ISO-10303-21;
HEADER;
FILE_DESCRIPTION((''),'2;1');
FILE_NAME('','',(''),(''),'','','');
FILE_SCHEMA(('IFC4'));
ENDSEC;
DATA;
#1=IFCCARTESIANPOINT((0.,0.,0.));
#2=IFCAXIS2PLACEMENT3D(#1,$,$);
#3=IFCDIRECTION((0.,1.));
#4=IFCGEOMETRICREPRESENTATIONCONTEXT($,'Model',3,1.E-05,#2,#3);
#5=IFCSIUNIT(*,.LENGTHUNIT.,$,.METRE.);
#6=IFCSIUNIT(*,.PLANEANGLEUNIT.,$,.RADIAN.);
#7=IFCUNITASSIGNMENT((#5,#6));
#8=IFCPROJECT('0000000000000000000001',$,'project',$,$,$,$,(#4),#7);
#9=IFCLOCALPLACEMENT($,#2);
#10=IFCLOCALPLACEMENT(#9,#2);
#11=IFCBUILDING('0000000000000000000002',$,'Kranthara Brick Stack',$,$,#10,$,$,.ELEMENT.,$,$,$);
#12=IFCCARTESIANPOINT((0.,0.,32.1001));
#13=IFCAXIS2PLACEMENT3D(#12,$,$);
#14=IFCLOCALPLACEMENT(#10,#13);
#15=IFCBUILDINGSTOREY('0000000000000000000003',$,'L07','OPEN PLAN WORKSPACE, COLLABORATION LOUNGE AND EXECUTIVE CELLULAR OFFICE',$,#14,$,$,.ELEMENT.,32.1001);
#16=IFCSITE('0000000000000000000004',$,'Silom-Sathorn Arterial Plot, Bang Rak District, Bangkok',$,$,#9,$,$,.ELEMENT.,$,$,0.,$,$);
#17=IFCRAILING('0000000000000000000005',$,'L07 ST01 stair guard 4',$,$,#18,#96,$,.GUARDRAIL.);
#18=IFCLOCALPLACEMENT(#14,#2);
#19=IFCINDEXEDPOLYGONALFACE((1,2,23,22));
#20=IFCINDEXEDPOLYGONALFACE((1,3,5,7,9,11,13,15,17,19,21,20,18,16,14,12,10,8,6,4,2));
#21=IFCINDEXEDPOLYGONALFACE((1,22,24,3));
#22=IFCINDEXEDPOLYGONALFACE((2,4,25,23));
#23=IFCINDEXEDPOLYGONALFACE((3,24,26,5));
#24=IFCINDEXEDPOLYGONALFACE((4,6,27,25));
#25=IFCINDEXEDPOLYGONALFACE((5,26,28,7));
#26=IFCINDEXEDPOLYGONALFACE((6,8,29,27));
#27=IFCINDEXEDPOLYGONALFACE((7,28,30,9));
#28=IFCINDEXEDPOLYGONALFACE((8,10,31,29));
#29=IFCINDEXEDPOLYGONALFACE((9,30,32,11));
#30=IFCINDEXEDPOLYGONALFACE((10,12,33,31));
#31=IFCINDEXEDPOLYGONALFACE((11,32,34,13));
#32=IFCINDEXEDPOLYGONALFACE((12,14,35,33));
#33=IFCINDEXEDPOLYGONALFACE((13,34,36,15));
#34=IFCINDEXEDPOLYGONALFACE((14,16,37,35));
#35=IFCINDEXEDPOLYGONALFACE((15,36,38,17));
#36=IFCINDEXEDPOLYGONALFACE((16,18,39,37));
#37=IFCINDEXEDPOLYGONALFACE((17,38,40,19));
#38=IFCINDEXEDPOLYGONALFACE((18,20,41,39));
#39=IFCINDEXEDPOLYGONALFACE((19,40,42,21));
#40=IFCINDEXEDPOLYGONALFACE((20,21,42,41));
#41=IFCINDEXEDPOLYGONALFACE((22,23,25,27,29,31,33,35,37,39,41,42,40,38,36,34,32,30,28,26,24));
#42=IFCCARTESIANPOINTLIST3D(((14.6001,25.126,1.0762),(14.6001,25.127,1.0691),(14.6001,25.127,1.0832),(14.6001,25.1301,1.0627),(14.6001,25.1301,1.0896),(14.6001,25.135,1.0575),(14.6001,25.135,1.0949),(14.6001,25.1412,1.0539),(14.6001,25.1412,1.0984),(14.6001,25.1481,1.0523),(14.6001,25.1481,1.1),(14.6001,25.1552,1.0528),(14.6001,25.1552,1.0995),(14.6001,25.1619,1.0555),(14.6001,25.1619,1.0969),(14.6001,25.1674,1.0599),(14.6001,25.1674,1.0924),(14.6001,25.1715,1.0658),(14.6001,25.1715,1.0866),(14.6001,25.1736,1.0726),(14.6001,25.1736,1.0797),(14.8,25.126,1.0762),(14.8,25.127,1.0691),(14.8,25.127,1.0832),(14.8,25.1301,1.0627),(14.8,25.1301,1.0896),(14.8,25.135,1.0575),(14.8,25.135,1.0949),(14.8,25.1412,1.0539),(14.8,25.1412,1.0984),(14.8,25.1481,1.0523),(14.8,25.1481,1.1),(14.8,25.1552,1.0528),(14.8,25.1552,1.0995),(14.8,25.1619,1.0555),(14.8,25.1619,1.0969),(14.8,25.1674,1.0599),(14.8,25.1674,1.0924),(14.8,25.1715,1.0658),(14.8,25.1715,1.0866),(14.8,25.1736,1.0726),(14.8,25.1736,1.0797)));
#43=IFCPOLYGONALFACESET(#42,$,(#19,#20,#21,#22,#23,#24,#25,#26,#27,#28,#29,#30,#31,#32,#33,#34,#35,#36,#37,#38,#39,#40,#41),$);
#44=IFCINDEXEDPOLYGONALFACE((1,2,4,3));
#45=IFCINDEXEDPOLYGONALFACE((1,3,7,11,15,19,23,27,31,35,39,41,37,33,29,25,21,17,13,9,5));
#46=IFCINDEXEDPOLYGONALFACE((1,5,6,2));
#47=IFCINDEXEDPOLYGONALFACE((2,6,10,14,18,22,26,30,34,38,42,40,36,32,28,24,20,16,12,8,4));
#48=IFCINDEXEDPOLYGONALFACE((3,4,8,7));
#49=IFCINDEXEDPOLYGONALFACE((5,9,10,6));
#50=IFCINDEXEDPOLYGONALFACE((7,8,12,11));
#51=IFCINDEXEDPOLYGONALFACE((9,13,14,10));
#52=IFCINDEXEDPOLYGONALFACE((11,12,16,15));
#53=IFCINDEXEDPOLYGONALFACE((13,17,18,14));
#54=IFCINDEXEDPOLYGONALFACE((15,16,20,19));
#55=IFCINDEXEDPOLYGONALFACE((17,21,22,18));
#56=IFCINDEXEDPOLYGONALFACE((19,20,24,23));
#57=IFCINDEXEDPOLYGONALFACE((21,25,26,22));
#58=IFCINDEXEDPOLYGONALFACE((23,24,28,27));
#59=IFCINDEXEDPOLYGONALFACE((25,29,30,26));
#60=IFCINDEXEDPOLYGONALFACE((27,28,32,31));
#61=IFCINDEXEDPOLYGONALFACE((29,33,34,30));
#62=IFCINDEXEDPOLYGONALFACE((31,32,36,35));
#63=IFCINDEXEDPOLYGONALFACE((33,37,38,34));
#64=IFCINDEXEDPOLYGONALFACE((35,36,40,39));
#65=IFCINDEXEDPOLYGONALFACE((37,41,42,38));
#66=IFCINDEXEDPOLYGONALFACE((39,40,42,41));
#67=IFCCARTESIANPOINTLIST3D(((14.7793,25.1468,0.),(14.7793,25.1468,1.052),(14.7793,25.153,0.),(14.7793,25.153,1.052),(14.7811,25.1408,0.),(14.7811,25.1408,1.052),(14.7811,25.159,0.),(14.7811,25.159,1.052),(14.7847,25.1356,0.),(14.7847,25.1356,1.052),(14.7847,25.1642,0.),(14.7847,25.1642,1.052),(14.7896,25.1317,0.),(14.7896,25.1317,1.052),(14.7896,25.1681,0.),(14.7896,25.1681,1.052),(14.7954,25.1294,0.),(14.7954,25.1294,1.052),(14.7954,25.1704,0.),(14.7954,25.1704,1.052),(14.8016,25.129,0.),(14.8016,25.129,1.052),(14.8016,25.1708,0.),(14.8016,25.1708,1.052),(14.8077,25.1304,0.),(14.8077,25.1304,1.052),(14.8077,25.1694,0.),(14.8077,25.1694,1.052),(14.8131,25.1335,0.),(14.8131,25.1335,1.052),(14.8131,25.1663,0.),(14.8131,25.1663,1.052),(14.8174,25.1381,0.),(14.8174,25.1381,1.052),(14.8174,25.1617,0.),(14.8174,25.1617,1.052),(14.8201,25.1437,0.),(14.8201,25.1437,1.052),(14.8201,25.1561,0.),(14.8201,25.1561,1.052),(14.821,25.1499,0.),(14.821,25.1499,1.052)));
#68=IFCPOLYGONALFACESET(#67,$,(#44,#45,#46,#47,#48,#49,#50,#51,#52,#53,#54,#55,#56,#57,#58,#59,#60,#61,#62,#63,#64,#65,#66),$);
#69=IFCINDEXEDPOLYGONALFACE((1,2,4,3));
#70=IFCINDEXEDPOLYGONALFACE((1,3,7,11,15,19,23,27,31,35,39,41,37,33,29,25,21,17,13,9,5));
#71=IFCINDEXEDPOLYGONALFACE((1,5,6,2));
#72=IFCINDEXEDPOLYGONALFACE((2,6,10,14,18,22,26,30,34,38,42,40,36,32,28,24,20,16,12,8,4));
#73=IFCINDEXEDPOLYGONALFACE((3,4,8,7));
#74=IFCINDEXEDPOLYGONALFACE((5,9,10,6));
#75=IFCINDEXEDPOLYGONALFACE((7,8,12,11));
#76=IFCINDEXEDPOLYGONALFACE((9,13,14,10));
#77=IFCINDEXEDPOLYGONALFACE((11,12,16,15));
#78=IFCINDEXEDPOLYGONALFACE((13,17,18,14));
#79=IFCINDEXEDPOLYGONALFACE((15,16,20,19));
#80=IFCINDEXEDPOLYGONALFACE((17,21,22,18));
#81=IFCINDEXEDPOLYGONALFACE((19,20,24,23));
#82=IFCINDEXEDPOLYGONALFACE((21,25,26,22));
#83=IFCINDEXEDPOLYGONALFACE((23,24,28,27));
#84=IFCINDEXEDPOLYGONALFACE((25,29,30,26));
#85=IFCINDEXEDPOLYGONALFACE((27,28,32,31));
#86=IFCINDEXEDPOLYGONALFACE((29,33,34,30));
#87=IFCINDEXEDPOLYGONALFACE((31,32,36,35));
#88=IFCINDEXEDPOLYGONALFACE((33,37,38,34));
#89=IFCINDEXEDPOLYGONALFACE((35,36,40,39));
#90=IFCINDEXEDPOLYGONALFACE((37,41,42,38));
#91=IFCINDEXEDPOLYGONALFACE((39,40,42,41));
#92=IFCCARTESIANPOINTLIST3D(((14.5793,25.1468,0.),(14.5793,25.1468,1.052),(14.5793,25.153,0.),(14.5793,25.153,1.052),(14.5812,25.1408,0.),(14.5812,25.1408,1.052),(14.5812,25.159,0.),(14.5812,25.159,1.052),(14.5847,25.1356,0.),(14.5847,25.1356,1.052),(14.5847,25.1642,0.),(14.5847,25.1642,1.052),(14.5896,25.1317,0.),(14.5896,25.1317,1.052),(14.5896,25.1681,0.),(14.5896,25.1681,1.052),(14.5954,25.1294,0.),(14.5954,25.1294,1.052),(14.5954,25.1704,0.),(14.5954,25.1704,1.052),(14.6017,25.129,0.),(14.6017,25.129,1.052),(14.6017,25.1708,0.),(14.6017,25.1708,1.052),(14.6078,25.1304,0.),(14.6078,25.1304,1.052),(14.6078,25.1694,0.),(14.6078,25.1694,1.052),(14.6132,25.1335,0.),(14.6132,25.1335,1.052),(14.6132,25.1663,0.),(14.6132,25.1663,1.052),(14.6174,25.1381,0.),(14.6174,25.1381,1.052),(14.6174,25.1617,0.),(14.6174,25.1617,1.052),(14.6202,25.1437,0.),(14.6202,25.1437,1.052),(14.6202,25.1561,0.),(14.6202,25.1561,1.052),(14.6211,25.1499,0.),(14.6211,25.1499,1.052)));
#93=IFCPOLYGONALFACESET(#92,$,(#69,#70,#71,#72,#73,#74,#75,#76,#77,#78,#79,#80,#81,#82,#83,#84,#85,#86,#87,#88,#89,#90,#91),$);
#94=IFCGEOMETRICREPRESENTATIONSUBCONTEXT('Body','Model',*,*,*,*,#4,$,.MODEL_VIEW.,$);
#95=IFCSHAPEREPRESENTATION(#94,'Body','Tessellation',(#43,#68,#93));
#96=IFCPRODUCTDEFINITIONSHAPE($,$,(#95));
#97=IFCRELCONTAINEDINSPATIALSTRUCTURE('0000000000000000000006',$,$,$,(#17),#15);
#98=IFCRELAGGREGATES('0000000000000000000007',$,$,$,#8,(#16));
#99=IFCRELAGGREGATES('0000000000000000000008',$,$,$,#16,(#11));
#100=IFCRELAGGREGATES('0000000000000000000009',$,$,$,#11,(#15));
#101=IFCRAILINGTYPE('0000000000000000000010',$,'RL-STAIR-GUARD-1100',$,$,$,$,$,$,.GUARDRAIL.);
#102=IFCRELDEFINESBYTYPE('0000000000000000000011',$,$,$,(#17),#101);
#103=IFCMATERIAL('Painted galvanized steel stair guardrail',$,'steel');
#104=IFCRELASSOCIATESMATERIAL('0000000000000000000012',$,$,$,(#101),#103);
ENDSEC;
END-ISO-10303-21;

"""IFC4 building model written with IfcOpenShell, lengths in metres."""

from ifc_helpers import new_model, si_unit, direction, frame, origin, origin_2d, place, context, subcontext, project, spatial, circle, extrude, material, type_object, element, save


model = new_model("IFC4")

# Units and contexts
model_context = context("Model", 3, precision=1e-05, world=origin(), true_north=direction((0.0, 1.0)))
body_context = subcontext(model_context, "Body", "Model", "MODEL_VIEW")
ifc_project = project(units=[si_unit("LENGTHUNIT", "METRE"), si_unit("PLANEANGLEUNIT", "RADIAN")], contexts=[model_context])

# Site, building, storey
site_placement = place(None, origin())
site = spatial("IfcSite", under=ifc_project, at=site_placement, Name="Silom-Sathorn Arterial Plot, Bang Rak District, Bangkok", CompositionType="ELEMENT", RefElevation=0.0)
building_placement = place(site_placement, origin())
building = spatial("IfcBuilding", under=site, at=building_placement, Name="Kranthara Brick Stack", CompositionType="ELEMENT")
storey_placement = place(building_placement, frame((0.0, 0.0, 32.1001)))
storey = spatial("IfcBuildingStorey", under=building, at=storey_placement, Name="L07", Description="OPEN PLAN WORKSPACE, COLLABORATION LOUNGE AND EXECUTIVE CELLULAR OFFICE", CompositionType="ELEMENT", Elevation=32.1001)

# Railing
ifc_material_1 = material(Name="Painted galvanized steel stair guardrail", Category="steel")
railing_type_1 = type_object("IfcRailingType", Name="RL-STAIR-GUARD-1100", PredefinedType="GUARDRAIL", material=ifc_material_1)
railing_1_placement = place(storey_placement, frame((14.8, 25.1499, 0.0)))
element("IfcRailing", 1, at=railing_1_placement, inside=storey, type_object=railing_type_1, Name="L07 ST01 stair guard 4", PredefinedType="GUARDRAIL", context=body_context, shape_type="SweptSolid", body=[
    extrude(circle(Radius=0.0239, at=origin_2d()), frame((0.0, 0.0, 1.0762), z_axis=(-1.0, 0.0, 0.0), x_axis=(0.0, -1.0, 0.0)), (0.0, 0.0, 1.0), 0.2),
    extrude(circle(Radius=0.021, at=origin_2d()), origin(), (0.0, 0.0, 1.0), 1.052),
    extrude(circle(Radius=0.021, at=origin_2d()), frame((-0.2, 0.0, 0.0)), (0.0, 0.0, 1.0), 1.052),
])

save(model, "model.ifc")
